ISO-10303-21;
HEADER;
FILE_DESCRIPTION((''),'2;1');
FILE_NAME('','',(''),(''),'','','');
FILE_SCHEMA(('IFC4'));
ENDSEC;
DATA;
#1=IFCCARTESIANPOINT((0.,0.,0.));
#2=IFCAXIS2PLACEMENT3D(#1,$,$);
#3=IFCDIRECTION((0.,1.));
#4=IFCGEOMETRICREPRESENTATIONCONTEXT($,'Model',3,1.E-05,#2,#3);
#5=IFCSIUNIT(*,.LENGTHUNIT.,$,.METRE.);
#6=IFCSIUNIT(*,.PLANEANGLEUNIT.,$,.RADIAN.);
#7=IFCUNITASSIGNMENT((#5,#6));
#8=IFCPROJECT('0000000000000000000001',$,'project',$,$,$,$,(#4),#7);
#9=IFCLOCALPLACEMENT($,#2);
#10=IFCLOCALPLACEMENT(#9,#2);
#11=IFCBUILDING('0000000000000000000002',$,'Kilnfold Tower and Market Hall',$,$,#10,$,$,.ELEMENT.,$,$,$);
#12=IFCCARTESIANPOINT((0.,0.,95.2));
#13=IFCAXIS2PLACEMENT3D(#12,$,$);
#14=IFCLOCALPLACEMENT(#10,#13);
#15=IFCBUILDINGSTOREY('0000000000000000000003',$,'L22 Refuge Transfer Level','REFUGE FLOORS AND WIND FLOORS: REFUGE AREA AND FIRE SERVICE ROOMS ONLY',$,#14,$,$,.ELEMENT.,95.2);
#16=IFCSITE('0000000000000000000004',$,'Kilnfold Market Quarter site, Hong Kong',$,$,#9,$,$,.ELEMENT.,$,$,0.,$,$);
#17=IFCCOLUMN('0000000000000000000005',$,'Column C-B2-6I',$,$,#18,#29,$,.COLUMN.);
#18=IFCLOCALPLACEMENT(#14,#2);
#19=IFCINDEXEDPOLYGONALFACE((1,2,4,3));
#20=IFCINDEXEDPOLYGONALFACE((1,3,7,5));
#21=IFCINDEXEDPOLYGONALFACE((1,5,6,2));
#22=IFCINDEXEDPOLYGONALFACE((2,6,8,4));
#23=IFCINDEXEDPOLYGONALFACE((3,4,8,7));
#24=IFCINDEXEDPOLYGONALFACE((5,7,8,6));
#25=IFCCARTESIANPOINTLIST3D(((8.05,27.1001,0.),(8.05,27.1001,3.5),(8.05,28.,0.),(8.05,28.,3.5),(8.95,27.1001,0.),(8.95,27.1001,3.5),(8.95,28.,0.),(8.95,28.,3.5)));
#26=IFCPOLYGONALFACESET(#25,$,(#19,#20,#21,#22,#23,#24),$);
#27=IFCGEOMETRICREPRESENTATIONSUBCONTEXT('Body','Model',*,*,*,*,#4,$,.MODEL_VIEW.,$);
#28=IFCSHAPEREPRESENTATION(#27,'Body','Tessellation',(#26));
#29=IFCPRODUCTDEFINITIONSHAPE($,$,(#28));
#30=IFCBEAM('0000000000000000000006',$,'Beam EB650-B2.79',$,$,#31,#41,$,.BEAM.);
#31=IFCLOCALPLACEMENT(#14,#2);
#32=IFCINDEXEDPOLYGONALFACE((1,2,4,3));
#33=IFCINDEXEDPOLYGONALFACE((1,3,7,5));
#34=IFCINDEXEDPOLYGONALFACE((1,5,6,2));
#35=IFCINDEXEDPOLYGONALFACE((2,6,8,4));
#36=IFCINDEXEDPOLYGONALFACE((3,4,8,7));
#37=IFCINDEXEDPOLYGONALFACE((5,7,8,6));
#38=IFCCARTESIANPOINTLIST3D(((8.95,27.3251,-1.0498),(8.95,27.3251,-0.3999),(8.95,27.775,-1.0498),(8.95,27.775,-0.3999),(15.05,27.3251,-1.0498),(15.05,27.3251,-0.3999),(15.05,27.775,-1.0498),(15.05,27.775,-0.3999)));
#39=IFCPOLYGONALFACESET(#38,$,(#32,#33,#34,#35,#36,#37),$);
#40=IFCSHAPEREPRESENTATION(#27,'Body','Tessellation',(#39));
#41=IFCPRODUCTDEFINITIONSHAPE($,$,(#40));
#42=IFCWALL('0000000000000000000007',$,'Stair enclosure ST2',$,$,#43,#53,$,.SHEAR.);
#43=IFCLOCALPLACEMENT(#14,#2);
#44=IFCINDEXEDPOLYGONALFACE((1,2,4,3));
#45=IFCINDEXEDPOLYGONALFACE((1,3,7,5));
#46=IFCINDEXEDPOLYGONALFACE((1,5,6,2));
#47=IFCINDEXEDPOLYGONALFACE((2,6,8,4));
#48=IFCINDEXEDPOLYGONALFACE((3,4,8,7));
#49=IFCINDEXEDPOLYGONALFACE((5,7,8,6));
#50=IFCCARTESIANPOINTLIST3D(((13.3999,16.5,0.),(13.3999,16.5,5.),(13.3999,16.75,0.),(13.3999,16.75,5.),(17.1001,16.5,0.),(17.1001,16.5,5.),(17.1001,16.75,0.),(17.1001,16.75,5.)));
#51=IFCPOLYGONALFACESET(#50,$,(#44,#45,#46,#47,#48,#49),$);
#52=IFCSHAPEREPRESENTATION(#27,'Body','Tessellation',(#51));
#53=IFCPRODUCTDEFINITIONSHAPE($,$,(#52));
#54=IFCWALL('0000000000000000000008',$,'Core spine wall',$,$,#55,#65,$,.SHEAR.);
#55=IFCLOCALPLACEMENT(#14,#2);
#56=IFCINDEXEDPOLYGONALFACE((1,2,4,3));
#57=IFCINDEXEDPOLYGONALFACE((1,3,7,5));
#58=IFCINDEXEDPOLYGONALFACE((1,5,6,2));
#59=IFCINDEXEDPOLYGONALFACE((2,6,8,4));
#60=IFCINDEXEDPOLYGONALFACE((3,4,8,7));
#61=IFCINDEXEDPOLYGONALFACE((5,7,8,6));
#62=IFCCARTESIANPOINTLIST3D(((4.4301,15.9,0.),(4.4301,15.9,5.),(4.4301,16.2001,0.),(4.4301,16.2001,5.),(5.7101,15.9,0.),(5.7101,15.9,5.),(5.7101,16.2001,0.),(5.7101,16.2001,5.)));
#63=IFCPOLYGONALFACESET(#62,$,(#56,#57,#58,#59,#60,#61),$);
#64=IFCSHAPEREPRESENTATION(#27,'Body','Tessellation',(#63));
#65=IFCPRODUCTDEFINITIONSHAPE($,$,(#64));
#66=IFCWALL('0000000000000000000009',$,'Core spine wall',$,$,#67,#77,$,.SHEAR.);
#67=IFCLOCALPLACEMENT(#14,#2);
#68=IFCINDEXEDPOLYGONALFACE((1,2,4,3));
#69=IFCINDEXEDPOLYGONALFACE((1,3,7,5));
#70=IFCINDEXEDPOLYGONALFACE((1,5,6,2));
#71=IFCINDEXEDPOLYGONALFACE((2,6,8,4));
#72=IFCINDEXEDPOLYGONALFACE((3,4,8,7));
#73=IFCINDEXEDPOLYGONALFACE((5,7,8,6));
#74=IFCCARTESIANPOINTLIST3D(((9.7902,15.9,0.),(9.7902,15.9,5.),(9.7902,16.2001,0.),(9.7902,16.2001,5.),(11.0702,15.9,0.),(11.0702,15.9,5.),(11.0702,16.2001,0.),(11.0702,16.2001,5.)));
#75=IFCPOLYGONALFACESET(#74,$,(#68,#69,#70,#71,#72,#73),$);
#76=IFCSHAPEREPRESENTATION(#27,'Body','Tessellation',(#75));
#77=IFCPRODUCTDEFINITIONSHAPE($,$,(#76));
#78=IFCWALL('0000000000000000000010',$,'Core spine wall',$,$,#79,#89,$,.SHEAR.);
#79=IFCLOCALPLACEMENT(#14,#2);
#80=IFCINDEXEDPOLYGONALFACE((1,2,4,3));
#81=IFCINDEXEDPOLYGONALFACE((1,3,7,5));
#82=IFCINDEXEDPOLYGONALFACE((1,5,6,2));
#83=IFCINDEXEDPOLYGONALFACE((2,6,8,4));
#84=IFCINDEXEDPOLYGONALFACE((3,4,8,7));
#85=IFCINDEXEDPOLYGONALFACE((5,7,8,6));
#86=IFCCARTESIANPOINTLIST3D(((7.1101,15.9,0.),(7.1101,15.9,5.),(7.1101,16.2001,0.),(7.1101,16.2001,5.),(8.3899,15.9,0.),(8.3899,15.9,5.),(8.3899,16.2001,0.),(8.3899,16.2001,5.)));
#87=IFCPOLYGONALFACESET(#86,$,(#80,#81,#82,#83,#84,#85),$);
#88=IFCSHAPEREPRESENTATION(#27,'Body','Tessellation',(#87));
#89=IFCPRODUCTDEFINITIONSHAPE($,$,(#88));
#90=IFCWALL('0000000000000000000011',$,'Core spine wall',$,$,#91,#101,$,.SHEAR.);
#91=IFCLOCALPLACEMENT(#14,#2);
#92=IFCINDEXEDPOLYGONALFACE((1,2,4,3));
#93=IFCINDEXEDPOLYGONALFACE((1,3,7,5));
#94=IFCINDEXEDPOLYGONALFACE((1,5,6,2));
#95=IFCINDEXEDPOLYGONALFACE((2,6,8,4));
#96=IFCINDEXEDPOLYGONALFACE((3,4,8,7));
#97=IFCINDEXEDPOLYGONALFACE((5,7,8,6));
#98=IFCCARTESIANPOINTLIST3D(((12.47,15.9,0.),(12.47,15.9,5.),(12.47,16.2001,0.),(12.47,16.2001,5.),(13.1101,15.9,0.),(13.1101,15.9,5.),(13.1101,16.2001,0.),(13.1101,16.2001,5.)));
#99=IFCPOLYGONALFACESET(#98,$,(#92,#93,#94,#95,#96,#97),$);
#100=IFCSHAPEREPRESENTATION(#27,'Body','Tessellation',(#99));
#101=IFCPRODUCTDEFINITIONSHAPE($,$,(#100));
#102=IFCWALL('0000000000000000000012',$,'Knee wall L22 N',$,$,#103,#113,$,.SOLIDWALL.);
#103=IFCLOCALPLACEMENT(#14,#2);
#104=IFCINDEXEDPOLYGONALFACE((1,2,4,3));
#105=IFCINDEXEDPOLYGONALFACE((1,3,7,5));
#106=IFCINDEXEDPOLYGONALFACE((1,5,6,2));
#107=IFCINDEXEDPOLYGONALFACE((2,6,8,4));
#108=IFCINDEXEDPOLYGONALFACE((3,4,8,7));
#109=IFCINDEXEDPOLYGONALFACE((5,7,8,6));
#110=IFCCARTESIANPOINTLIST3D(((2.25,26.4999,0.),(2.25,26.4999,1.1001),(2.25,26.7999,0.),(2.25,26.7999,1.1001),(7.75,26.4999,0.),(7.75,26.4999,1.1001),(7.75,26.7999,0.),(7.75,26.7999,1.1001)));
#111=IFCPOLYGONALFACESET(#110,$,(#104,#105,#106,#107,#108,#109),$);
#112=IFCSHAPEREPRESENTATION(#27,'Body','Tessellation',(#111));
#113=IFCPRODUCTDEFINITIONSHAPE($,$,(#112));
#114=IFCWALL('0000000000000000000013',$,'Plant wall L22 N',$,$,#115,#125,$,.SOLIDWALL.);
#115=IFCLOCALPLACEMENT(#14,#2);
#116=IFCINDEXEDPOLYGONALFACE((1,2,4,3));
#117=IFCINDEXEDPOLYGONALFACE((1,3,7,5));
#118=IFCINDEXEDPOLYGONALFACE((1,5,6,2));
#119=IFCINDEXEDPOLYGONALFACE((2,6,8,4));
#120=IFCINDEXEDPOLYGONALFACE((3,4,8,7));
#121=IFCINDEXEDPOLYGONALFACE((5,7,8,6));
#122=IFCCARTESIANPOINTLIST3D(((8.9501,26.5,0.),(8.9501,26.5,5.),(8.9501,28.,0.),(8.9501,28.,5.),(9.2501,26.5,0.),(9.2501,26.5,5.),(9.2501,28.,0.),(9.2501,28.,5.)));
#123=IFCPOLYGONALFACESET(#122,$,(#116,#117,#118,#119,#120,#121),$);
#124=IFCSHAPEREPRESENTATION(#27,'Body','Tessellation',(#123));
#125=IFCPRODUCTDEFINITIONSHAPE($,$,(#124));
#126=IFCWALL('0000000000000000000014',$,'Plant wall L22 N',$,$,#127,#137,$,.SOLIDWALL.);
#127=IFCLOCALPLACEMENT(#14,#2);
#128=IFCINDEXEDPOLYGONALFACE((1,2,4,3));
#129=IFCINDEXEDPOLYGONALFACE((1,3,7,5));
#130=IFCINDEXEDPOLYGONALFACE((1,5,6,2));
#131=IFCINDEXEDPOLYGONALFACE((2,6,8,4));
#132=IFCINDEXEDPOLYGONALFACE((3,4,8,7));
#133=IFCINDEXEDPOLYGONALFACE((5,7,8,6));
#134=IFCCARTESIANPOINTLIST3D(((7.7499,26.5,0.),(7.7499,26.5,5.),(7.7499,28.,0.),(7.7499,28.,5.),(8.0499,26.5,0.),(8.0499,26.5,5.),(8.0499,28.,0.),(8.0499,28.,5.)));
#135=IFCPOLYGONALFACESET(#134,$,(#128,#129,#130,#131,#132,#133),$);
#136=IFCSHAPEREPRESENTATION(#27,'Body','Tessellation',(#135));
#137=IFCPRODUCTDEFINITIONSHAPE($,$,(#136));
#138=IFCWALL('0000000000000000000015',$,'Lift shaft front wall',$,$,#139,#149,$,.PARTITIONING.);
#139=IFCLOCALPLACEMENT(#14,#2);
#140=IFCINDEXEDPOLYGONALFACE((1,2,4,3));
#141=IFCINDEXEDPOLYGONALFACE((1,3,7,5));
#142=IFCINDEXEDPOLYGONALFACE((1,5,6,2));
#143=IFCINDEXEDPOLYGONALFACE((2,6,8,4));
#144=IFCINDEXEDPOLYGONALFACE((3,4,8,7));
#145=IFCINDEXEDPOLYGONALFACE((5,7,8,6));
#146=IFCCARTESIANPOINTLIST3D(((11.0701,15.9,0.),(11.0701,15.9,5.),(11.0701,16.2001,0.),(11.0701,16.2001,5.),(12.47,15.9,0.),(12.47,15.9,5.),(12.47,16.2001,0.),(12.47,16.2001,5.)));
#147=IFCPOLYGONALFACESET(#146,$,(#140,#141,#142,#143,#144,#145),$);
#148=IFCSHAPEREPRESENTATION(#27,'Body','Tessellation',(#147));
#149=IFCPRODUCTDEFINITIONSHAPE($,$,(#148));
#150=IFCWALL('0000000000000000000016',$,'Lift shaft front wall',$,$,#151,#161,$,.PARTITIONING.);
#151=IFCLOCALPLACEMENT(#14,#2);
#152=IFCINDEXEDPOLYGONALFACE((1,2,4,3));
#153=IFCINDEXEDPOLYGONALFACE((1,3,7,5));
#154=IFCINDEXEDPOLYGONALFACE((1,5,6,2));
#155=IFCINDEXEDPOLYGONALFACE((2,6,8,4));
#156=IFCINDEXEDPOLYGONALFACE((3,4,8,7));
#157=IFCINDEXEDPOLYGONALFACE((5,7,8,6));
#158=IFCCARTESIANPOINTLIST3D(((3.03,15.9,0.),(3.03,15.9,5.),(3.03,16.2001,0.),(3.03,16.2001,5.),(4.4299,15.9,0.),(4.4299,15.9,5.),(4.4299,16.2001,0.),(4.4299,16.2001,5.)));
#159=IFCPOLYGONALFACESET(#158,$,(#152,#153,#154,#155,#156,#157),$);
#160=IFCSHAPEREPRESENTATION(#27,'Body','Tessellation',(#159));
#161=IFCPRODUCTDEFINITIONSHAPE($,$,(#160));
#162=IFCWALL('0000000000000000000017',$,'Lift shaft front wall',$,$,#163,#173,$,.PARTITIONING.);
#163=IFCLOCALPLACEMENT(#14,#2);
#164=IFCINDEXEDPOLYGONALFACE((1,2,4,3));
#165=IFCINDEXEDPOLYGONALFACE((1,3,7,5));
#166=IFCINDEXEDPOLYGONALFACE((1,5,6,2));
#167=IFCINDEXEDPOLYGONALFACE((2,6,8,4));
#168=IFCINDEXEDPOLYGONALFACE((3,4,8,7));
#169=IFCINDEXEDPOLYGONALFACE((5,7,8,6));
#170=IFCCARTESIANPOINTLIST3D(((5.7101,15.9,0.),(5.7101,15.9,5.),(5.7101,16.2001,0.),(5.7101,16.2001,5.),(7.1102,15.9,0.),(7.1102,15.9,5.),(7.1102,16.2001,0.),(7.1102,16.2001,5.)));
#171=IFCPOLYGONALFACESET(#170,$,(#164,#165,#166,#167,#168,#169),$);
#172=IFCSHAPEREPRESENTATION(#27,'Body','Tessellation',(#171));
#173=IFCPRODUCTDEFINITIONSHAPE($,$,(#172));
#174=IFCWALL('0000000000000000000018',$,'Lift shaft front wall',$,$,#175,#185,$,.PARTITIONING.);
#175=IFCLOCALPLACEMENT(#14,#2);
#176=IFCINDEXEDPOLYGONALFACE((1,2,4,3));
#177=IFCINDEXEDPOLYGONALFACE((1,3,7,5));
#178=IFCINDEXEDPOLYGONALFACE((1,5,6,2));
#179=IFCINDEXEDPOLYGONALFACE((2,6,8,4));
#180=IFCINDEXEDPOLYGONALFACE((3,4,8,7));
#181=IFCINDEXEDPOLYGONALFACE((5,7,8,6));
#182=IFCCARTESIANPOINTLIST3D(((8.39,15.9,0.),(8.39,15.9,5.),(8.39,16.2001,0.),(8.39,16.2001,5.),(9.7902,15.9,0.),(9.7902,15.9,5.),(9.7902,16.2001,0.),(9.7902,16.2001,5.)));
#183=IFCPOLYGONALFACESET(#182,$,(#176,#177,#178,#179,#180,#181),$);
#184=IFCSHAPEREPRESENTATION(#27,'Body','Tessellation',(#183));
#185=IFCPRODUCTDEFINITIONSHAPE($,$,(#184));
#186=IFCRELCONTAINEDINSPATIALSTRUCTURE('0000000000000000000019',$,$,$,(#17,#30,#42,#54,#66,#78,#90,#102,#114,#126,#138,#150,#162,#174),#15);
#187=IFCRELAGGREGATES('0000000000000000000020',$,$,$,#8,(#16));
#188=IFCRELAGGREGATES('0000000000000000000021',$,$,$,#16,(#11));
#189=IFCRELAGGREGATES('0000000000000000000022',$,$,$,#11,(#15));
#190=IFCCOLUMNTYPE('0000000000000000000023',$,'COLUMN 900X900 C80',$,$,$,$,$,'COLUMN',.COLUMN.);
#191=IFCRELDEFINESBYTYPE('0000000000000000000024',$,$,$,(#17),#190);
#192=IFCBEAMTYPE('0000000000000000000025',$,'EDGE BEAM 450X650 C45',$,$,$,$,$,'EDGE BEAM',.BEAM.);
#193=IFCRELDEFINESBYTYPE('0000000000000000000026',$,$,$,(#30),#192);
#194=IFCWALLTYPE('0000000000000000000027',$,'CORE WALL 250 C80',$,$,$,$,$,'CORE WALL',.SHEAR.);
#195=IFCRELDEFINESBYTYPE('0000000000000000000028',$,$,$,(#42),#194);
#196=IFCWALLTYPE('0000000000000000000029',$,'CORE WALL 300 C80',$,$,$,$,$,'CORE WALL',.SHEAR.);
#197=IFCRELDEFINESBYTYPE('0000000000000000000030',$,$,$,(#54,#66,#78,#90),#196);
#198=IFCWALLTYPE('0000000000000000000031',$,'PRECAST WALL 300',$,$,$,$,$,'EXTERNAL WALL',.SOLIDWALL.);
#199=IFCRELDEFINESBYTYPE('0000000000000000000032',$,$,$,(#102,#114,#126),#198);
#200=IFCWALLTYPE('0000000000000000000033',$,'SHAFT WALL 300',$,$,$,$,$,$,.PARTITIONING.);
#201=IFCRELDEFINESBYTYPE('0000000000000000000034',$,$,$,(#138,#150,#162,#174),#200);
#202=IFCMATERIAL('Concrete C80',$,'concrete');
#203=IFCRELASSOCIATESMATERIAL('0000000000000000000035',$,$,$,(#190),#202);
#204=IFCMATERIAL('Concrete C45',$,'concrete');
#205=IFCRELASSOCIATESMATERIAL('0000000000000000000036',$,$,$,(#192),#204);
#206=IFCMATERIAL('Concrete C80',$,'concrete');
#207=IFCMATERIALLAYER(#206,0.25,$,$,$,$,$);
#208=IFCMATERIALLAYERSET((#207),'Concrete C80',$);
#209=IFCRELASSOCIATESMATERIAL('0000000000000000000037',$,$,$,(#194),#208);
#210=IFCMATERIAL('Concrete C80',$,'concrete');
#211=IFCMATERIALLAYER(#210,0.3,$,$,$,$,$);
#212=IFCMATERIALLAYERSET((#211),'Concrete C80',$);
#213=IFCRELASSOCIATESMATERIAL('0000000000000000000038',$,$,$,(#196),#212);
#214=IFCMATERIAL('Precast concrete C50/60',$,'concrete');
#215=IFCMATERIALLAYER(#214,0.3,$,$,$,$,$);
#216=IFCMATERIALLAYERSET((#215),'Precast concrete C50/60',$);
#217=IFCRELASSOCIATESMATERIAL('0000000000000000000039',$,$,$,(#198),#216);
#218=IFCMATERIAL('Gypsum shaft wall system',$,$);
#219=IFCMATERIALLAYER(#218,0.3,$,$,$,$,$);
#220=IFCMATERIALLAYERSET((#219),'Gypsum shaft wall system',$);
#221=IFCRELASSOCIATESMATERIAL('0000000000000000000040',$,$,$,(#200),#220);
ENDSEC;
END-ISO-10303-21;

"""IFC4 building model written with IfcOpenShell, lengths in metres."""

from ifc_helpers import new_model, si_unit, direction, frame, frame_2d, origin, origin_2d, place, context, subcontext, project, spatial, rectangle, extrude, source, transform, mapped, material, layer, layer_set, material_profile, profile_set, type_object, element, save


model = new_model("IFC4")

# Units and contexts
model_context = context("Model", 3, precision=1e-05, world=origin(), true_north=direction((0.0, 1.0)))
body_context = subcontext(model_context, "Body", "Model", "MODEL_VIEW")
ifc_project = project(units=[si_unit("LENGTHUNIT", "METRE"), si_unit("PLANEANGLEUNIT", "RADIAN")], contexts=[model_context])

# Site, building, storey
site_placement = place(None, origin())
site = spatial("IfcSite", under=ifc_project, at=site_placement, Name="Kilnfold Market Quarter site, Hong Kong", CompositionType="ELEMENT", RefElevation=0.0)
building_placement = place(site_placement, origin())
building = spatial("IfcBuilding", under=site, at=building_placement, Name="Kilnfold Tower and Market Hall", CompositionType="ELEMENT")
storey_placement = place(building_placement, frame((0.0, 0.0, 95.2)))
storey = spatial("IfcBuildingStorey", under=building, at=storey_placement, Name="L22 Refuge Transfer Level", Description="REFUGE FLOORS AND WIND FLOORS: REFUGE AREA AND FIRE SERVICE ROOMS ONLY", CompositionType="ELEMENT", Elevation=95.2)

# Column
ifc_material_1 = material(Name="Concrete C80", Category="concrete")
ifc_material_profile_1 = material_profile(ifc_material_1, rectangle(XDim=0.8999, YDim=0.8999, at=origin_2d()), Name="RC 900x900")
ifc_profile_set_1 = profile_set([ifc_material_profile_1], Name="Concrete C80")
column_type = type_object("IfcColumnType", Name="COLUMN 900X900 C80", ElementType="COLUMN", PredefinedType="COLUMN", material=ifc_profile_set_1)
shared_shape_1 = source(origin(), body_context, "Body", "SweptSolid", [
    extrude(rectangle(XDim=0.8999, YDim=0.8999, at=origin_2d()), origin(), (0.0, 0.0, 1.0), 3.5),
])
column_placement = place(storey_placement, frame((8.5, 27.55, 0.0), z_axis=(0.0, 0.0, 1.0), x_axis=(1.0, 0.0, 0.0)))
element("IfcColumn", 1, at=column_placement, inside=storey, type_object=column_type, Name="Column C-B2-6I", PredefinedType="COLUMN", context=body_context, shape_type="MappedRepresentation", body=[
    mapped(shared_shape_1, transform((0.0, 0.0, 0.0))),
])

# Beam
ifc_material_2 = material(Name="Concrete C45", Category="concrete")
ifc_material_profile_2 = material_profile(ifc_material_2, rectangle(XDim=0.45, YDim=0.6499, at=origin_2d()), Name="RC 450x650")
ifc_profile_set_2 = profile_set([ifc_material_profile_2], Name="Concrete C45")
beam_type = type_object("IfcBeamType", Name="EDGE BEAM 450X650 C45", ElementType="EDGE BEAM", PredefinedType="BEAM", material=ifc_profile_set_2)
shared_shape_2 = source(origin(), body_context, "Body", "SweptSolid", [
    extrude(rectangle(XDim=0.45, YDim=0.6499, at=origin_2d()), origin(), (0.0, 0.0, 1.0), 6.1001),
])
beam_placement = place(storey_placement, frame((8.95, 27.55, -0.7249), z_axis=(1.0, 0.0, 0.0), x_axis=(0.0, 1.0, 0.0)))
element("IfcBeam", 2, at=beam_placement, inside=storey, type_object=beam_type, Name="Beam EB650-B2.79", PredefinedType="BEAM", context=body_context, shape_type="MappedRepresentation", body=[
    mapped(shared_shape_2, transform((0.0, 0.0, 0.0))),
])

# Walls
ifc_material_3 = material(Name="Concrete C80", Category="concrete")
ifc_layer_1 = layer(ifc_material_3, 0.25)
ifc_layer_set_1 = layer_set([ifc_layer_1], Name="Concrete C80")
wall_type_1 = type_object("IfcWallType", Name="CORE WALL 250 C80", ElementType="CORE WALL", PredefinedType="SHEAR", material=ifc_layer_set_1)
shared_shape_3 = source(origin(), body_context, "Body", "SweptSolid", [
    extrude(rectangle(XDim=3.7002, YDim=0.25, at=frame_2d((1.8501, 0.0))), origin(), (0.0, 0.0, 1.0), 5.0),
])
wall_1_placement = place(storey_placement, frame((13.3999, 16.625, 0.0), z_axis=(0.0, 0.0, 1.0), x_axis=(1.0, 0.0, 0.0)))
element("IfcWall", 3, at=wall_1_placement, inside=storey, type_object=wall_type_1, Name="Stair enclosure ST2", PredefinedType="SHEAR", context=body_context, shape_type="MappedRepresentation", body=[
    mapped(shared_shape_3, transform((0.0, 0.0, 0.0))),
])
ifc_material_4 = material(Name="Concrete C80", Category="concrete")
ifc_layer_2 = layer(ifc_material_4, 0.3)
ifc_layer_set_2 = layer_set([ifc_layer_2], Name="Concrete C80")
wall_type_2 = type_object("IfcWallType", Name="CORE WALL 300 C80", ElementType="CORE WALL", PredefinedType="SHEAR", material=ifc_layer_set_2)
shared_shape_4 = source(origin(), body_context, "Body", "SweptSolid", [
    extrude(rectangle(XDim=1.28, YDim=0.3, at=frame_2d((0.6401, 0.0))), origin(), (0.0, 0.0, 1.0), 5.0),
])
for number, where, z_axis, x_axis, name in (
    (4, (4.4299, 16.05, 0.0), (0.0, 0.0, 1.0), (1.0, 0.0, 0.0), "Core spine wall"),
    (5, (9.79, 16.05, 0.0), (0.0, 0.0, 1.0), (1.0, 0.0, 0.0), "Core spine wall"),
):
    element("IfcWall", number, at=place(storey_placement, frame(where, z_axis=z_axis, x_axis=x_axis)), inside=storey, type_object=wall_type_2, Name=name, PredefinedType="SHEAR", context=body_context, shape_type="MappedRepresentation", body=[
        mapped(shared_shape_4, transform((0.0, 0.0, 0.0))),
    ])
shared_shape_5 = source(origin(), body_context, "Body", "SweptSolid", [
    extrude(rectangle(XDim=1.2798, YDim=0.3, at=frame_2d((0.6399, 0.0))), origin(), (0.0, 0.0, 1.0), 5.0),
])
wall_2_placement = place(storey_placement, frame((7.1101, 16.05, 0.0), z_axis=(0.0, 0.0, 1.0), x_axis=(1.0, 0.0, 0.0)))
element("IfcWall", 6, at=wall_2_placement, inside=storey, type_object=wall_type_2, Name="Core spine wall", PredefinedType="SHEAR", context=body_context, shape_type="MappedRepresentation", body=[
    mapped(shared_shape_5, transform((0.0, 0.0, 0.0))),
])
shared_shape_6 = source(origin(), body_context, "Body", "SweptSolid", [
    extrude(rectangle(XDim=0.6401, YDim=0.3, at=frame_2d((0.3201, 0.0))), origin(), (0.0, 0.0, 1.0), 5.0),
])
wall_3_placement = place(storey_placement, frame((12.47, 16.05, 0.0), z_axis=(0.0, 0.0, 1.0), x_axis=(1.0, 0.0, 0.0)))
element("IfcWall", 7, at=wall_3_placement, inside=storey, type_object=wall_type_2, Name="Core spine wall", PredefinedType="SHEAR", context=body_context, shape_type="MappedRepresentation", body=[
    mapped(shared_shape_6, transform((0.0, 0.0, 0.0))),
])
ifc_material_5 = material(Name="Precast concrete C50/60", Category="concrete")
ifc_layer_3 = layer(ifc_material_5, 0.3)
ifc_layer_set_3 = layer_set([ifc_layer_3], Name="Precast concrete C50/60")
wall_type_3 = type_object("IfcWallType", Name="PRECAST WALL 300", ElementType="EXTERNAL WALL", PredefinedType="SOLIDWALL", material=ifc_layer_set_3)
shared_shape_7 = source(origin(), body_context, "Body", "SweptSolid", [
    extrude(rectangle(XDim=5.5, YDim=0.3, at=frame_2d((2.75, 0.0))), origin(), (0.0, 0.0, 1.0), 1.1001),
])
wall_4_placement = place(storey_placement, frame((7.75, 26.6499, 0.0), z_axis=(0.0, 0.0, 1.0), x_axis=(-1.0, 0.0, 0.0)))
element("IfcWall", 8, at=wall_4_placement, inside=storey, type_object=wall_type_3, Name="Knee wall L22 N", PredefinedType="SOLIDWALL", context=body_context, shape_type="MappedRepresentation", body=[
    mapped(shared_shape_7, transform((0.0, 0.0, 0.0))),
])
shared_shape_8 = source(origin(), body_context, "Body", "SweptSolid", [
    extrude(rectangle(XDim=1.5, YDim=0.3, at=frame_2d((0.75, 0.0))), origin(), (0.0, 0.0, 1.0), 5.0),
])
for number, where, z_axis, x_axis, name in (
    (9, (9.1001, 28.0, 0.0), (0.0, 0.0, 1.0), (0.0, -1.0, 0.0), "Plant wall L22 N"),
    (10, (7.8999, 28.0, 0.0), (0.0, 0.0, 1.0), (0.0, -1.0, 0.0), "Plant wall L22 N"),
):
    element("IfcWall", number, at=place(storey_placement, frame(where, z_axis=z_axis, x_axis=x_axis)), inside=storey, type_object=wall_type_3, Name=name, PredefinedType="SOLIDWALL", context=body_context, shape_type="MappedRepresentation", body=[
        mapped(shared_shape_8, transform((0.0, 0.0, 0.0))),
    ])
ifc_material_6 = material(Name="Gypsum shaft wall system")
ifc_layer_4 = layer(ifc_material_6, 0.3)
ifc_layer_set_4 = layer_set([ifc_layer_4], Name="Gypsum shaft wall system")
wall_type_4 = type_object("IfcWallType", Name="SHAFT WALL 300", PredefinedType="PARTITIONING", material=ifc_layer_set_4)
shared_shape_9 = source(origin(), body_context, "Body", "SweptSolid", [
    extrude(rectangle(XDim=1.3999, YDim=0.3, at=frame_2d((0.7, 0.0))), origin(), (0.0, 0.0, 1.0), 5.0),
])
for number, where, z_axis, x_axis, name in (
    (11, (11.0701, 16.05, 0.0), (0.0, 0.0, 1.0), (1.0, 0.0, 0.0), "Lift shaft front wall"),
    (12, (3.03, 16.05, 0.0), (0.0, 0.0, 1.0), (1.0, 0.0, 0.0), "Lift shaft front wall"),
):
    element("IfcWall", number, at=place(storey_placement, frame(where, z_axis=z_axis, x_axis=x_axis)), inside=storey, type_object=wall_type_4, Name=name, PredefinedType="PARTITIONING", context=body_context, shape_type="MappedRepresentation", body=[
        mapped(shared_shape_9, transform((0.0, 0.0, 0.0))),
    ])
shared_shape_10 = source(origin(), body_context, "Body", "SweptSolid", [
    extrude(rectangle(XDim=1.4001, YDim=0.3, at=frame_2d((0.7002, 0.0))), origin(), (0.0, 0.0, 1.0), 5.0),
])
for number, where, z_axis, x_axis, name in (
    (13, (5.71, 16.05, 0.0), (0.0, 0.0, 1.0), (1.0, 0.0, 0.0), "Lift shaft front wall"),
    (14, (8.3899, 16.05, 0.0), (0.0, 0.0, 1.0), (1.0, 0.0, 0.0), "Lift shaft front wall"),
):
    element("IfcWall", number, at=place(storey_placement, frame(where, z_axis=z_axis, x_axis=x_axis)), inside=storey, type_object=wall_type_4, Name=name, PredefinedType="PARTITIONING", context=body_context, shape_type="MappedRepresentation", body=[
        mapped(shared_shape_10, transform((0.0, 0.0, 0.0))),
    ])

save(model, "model.ifc")
